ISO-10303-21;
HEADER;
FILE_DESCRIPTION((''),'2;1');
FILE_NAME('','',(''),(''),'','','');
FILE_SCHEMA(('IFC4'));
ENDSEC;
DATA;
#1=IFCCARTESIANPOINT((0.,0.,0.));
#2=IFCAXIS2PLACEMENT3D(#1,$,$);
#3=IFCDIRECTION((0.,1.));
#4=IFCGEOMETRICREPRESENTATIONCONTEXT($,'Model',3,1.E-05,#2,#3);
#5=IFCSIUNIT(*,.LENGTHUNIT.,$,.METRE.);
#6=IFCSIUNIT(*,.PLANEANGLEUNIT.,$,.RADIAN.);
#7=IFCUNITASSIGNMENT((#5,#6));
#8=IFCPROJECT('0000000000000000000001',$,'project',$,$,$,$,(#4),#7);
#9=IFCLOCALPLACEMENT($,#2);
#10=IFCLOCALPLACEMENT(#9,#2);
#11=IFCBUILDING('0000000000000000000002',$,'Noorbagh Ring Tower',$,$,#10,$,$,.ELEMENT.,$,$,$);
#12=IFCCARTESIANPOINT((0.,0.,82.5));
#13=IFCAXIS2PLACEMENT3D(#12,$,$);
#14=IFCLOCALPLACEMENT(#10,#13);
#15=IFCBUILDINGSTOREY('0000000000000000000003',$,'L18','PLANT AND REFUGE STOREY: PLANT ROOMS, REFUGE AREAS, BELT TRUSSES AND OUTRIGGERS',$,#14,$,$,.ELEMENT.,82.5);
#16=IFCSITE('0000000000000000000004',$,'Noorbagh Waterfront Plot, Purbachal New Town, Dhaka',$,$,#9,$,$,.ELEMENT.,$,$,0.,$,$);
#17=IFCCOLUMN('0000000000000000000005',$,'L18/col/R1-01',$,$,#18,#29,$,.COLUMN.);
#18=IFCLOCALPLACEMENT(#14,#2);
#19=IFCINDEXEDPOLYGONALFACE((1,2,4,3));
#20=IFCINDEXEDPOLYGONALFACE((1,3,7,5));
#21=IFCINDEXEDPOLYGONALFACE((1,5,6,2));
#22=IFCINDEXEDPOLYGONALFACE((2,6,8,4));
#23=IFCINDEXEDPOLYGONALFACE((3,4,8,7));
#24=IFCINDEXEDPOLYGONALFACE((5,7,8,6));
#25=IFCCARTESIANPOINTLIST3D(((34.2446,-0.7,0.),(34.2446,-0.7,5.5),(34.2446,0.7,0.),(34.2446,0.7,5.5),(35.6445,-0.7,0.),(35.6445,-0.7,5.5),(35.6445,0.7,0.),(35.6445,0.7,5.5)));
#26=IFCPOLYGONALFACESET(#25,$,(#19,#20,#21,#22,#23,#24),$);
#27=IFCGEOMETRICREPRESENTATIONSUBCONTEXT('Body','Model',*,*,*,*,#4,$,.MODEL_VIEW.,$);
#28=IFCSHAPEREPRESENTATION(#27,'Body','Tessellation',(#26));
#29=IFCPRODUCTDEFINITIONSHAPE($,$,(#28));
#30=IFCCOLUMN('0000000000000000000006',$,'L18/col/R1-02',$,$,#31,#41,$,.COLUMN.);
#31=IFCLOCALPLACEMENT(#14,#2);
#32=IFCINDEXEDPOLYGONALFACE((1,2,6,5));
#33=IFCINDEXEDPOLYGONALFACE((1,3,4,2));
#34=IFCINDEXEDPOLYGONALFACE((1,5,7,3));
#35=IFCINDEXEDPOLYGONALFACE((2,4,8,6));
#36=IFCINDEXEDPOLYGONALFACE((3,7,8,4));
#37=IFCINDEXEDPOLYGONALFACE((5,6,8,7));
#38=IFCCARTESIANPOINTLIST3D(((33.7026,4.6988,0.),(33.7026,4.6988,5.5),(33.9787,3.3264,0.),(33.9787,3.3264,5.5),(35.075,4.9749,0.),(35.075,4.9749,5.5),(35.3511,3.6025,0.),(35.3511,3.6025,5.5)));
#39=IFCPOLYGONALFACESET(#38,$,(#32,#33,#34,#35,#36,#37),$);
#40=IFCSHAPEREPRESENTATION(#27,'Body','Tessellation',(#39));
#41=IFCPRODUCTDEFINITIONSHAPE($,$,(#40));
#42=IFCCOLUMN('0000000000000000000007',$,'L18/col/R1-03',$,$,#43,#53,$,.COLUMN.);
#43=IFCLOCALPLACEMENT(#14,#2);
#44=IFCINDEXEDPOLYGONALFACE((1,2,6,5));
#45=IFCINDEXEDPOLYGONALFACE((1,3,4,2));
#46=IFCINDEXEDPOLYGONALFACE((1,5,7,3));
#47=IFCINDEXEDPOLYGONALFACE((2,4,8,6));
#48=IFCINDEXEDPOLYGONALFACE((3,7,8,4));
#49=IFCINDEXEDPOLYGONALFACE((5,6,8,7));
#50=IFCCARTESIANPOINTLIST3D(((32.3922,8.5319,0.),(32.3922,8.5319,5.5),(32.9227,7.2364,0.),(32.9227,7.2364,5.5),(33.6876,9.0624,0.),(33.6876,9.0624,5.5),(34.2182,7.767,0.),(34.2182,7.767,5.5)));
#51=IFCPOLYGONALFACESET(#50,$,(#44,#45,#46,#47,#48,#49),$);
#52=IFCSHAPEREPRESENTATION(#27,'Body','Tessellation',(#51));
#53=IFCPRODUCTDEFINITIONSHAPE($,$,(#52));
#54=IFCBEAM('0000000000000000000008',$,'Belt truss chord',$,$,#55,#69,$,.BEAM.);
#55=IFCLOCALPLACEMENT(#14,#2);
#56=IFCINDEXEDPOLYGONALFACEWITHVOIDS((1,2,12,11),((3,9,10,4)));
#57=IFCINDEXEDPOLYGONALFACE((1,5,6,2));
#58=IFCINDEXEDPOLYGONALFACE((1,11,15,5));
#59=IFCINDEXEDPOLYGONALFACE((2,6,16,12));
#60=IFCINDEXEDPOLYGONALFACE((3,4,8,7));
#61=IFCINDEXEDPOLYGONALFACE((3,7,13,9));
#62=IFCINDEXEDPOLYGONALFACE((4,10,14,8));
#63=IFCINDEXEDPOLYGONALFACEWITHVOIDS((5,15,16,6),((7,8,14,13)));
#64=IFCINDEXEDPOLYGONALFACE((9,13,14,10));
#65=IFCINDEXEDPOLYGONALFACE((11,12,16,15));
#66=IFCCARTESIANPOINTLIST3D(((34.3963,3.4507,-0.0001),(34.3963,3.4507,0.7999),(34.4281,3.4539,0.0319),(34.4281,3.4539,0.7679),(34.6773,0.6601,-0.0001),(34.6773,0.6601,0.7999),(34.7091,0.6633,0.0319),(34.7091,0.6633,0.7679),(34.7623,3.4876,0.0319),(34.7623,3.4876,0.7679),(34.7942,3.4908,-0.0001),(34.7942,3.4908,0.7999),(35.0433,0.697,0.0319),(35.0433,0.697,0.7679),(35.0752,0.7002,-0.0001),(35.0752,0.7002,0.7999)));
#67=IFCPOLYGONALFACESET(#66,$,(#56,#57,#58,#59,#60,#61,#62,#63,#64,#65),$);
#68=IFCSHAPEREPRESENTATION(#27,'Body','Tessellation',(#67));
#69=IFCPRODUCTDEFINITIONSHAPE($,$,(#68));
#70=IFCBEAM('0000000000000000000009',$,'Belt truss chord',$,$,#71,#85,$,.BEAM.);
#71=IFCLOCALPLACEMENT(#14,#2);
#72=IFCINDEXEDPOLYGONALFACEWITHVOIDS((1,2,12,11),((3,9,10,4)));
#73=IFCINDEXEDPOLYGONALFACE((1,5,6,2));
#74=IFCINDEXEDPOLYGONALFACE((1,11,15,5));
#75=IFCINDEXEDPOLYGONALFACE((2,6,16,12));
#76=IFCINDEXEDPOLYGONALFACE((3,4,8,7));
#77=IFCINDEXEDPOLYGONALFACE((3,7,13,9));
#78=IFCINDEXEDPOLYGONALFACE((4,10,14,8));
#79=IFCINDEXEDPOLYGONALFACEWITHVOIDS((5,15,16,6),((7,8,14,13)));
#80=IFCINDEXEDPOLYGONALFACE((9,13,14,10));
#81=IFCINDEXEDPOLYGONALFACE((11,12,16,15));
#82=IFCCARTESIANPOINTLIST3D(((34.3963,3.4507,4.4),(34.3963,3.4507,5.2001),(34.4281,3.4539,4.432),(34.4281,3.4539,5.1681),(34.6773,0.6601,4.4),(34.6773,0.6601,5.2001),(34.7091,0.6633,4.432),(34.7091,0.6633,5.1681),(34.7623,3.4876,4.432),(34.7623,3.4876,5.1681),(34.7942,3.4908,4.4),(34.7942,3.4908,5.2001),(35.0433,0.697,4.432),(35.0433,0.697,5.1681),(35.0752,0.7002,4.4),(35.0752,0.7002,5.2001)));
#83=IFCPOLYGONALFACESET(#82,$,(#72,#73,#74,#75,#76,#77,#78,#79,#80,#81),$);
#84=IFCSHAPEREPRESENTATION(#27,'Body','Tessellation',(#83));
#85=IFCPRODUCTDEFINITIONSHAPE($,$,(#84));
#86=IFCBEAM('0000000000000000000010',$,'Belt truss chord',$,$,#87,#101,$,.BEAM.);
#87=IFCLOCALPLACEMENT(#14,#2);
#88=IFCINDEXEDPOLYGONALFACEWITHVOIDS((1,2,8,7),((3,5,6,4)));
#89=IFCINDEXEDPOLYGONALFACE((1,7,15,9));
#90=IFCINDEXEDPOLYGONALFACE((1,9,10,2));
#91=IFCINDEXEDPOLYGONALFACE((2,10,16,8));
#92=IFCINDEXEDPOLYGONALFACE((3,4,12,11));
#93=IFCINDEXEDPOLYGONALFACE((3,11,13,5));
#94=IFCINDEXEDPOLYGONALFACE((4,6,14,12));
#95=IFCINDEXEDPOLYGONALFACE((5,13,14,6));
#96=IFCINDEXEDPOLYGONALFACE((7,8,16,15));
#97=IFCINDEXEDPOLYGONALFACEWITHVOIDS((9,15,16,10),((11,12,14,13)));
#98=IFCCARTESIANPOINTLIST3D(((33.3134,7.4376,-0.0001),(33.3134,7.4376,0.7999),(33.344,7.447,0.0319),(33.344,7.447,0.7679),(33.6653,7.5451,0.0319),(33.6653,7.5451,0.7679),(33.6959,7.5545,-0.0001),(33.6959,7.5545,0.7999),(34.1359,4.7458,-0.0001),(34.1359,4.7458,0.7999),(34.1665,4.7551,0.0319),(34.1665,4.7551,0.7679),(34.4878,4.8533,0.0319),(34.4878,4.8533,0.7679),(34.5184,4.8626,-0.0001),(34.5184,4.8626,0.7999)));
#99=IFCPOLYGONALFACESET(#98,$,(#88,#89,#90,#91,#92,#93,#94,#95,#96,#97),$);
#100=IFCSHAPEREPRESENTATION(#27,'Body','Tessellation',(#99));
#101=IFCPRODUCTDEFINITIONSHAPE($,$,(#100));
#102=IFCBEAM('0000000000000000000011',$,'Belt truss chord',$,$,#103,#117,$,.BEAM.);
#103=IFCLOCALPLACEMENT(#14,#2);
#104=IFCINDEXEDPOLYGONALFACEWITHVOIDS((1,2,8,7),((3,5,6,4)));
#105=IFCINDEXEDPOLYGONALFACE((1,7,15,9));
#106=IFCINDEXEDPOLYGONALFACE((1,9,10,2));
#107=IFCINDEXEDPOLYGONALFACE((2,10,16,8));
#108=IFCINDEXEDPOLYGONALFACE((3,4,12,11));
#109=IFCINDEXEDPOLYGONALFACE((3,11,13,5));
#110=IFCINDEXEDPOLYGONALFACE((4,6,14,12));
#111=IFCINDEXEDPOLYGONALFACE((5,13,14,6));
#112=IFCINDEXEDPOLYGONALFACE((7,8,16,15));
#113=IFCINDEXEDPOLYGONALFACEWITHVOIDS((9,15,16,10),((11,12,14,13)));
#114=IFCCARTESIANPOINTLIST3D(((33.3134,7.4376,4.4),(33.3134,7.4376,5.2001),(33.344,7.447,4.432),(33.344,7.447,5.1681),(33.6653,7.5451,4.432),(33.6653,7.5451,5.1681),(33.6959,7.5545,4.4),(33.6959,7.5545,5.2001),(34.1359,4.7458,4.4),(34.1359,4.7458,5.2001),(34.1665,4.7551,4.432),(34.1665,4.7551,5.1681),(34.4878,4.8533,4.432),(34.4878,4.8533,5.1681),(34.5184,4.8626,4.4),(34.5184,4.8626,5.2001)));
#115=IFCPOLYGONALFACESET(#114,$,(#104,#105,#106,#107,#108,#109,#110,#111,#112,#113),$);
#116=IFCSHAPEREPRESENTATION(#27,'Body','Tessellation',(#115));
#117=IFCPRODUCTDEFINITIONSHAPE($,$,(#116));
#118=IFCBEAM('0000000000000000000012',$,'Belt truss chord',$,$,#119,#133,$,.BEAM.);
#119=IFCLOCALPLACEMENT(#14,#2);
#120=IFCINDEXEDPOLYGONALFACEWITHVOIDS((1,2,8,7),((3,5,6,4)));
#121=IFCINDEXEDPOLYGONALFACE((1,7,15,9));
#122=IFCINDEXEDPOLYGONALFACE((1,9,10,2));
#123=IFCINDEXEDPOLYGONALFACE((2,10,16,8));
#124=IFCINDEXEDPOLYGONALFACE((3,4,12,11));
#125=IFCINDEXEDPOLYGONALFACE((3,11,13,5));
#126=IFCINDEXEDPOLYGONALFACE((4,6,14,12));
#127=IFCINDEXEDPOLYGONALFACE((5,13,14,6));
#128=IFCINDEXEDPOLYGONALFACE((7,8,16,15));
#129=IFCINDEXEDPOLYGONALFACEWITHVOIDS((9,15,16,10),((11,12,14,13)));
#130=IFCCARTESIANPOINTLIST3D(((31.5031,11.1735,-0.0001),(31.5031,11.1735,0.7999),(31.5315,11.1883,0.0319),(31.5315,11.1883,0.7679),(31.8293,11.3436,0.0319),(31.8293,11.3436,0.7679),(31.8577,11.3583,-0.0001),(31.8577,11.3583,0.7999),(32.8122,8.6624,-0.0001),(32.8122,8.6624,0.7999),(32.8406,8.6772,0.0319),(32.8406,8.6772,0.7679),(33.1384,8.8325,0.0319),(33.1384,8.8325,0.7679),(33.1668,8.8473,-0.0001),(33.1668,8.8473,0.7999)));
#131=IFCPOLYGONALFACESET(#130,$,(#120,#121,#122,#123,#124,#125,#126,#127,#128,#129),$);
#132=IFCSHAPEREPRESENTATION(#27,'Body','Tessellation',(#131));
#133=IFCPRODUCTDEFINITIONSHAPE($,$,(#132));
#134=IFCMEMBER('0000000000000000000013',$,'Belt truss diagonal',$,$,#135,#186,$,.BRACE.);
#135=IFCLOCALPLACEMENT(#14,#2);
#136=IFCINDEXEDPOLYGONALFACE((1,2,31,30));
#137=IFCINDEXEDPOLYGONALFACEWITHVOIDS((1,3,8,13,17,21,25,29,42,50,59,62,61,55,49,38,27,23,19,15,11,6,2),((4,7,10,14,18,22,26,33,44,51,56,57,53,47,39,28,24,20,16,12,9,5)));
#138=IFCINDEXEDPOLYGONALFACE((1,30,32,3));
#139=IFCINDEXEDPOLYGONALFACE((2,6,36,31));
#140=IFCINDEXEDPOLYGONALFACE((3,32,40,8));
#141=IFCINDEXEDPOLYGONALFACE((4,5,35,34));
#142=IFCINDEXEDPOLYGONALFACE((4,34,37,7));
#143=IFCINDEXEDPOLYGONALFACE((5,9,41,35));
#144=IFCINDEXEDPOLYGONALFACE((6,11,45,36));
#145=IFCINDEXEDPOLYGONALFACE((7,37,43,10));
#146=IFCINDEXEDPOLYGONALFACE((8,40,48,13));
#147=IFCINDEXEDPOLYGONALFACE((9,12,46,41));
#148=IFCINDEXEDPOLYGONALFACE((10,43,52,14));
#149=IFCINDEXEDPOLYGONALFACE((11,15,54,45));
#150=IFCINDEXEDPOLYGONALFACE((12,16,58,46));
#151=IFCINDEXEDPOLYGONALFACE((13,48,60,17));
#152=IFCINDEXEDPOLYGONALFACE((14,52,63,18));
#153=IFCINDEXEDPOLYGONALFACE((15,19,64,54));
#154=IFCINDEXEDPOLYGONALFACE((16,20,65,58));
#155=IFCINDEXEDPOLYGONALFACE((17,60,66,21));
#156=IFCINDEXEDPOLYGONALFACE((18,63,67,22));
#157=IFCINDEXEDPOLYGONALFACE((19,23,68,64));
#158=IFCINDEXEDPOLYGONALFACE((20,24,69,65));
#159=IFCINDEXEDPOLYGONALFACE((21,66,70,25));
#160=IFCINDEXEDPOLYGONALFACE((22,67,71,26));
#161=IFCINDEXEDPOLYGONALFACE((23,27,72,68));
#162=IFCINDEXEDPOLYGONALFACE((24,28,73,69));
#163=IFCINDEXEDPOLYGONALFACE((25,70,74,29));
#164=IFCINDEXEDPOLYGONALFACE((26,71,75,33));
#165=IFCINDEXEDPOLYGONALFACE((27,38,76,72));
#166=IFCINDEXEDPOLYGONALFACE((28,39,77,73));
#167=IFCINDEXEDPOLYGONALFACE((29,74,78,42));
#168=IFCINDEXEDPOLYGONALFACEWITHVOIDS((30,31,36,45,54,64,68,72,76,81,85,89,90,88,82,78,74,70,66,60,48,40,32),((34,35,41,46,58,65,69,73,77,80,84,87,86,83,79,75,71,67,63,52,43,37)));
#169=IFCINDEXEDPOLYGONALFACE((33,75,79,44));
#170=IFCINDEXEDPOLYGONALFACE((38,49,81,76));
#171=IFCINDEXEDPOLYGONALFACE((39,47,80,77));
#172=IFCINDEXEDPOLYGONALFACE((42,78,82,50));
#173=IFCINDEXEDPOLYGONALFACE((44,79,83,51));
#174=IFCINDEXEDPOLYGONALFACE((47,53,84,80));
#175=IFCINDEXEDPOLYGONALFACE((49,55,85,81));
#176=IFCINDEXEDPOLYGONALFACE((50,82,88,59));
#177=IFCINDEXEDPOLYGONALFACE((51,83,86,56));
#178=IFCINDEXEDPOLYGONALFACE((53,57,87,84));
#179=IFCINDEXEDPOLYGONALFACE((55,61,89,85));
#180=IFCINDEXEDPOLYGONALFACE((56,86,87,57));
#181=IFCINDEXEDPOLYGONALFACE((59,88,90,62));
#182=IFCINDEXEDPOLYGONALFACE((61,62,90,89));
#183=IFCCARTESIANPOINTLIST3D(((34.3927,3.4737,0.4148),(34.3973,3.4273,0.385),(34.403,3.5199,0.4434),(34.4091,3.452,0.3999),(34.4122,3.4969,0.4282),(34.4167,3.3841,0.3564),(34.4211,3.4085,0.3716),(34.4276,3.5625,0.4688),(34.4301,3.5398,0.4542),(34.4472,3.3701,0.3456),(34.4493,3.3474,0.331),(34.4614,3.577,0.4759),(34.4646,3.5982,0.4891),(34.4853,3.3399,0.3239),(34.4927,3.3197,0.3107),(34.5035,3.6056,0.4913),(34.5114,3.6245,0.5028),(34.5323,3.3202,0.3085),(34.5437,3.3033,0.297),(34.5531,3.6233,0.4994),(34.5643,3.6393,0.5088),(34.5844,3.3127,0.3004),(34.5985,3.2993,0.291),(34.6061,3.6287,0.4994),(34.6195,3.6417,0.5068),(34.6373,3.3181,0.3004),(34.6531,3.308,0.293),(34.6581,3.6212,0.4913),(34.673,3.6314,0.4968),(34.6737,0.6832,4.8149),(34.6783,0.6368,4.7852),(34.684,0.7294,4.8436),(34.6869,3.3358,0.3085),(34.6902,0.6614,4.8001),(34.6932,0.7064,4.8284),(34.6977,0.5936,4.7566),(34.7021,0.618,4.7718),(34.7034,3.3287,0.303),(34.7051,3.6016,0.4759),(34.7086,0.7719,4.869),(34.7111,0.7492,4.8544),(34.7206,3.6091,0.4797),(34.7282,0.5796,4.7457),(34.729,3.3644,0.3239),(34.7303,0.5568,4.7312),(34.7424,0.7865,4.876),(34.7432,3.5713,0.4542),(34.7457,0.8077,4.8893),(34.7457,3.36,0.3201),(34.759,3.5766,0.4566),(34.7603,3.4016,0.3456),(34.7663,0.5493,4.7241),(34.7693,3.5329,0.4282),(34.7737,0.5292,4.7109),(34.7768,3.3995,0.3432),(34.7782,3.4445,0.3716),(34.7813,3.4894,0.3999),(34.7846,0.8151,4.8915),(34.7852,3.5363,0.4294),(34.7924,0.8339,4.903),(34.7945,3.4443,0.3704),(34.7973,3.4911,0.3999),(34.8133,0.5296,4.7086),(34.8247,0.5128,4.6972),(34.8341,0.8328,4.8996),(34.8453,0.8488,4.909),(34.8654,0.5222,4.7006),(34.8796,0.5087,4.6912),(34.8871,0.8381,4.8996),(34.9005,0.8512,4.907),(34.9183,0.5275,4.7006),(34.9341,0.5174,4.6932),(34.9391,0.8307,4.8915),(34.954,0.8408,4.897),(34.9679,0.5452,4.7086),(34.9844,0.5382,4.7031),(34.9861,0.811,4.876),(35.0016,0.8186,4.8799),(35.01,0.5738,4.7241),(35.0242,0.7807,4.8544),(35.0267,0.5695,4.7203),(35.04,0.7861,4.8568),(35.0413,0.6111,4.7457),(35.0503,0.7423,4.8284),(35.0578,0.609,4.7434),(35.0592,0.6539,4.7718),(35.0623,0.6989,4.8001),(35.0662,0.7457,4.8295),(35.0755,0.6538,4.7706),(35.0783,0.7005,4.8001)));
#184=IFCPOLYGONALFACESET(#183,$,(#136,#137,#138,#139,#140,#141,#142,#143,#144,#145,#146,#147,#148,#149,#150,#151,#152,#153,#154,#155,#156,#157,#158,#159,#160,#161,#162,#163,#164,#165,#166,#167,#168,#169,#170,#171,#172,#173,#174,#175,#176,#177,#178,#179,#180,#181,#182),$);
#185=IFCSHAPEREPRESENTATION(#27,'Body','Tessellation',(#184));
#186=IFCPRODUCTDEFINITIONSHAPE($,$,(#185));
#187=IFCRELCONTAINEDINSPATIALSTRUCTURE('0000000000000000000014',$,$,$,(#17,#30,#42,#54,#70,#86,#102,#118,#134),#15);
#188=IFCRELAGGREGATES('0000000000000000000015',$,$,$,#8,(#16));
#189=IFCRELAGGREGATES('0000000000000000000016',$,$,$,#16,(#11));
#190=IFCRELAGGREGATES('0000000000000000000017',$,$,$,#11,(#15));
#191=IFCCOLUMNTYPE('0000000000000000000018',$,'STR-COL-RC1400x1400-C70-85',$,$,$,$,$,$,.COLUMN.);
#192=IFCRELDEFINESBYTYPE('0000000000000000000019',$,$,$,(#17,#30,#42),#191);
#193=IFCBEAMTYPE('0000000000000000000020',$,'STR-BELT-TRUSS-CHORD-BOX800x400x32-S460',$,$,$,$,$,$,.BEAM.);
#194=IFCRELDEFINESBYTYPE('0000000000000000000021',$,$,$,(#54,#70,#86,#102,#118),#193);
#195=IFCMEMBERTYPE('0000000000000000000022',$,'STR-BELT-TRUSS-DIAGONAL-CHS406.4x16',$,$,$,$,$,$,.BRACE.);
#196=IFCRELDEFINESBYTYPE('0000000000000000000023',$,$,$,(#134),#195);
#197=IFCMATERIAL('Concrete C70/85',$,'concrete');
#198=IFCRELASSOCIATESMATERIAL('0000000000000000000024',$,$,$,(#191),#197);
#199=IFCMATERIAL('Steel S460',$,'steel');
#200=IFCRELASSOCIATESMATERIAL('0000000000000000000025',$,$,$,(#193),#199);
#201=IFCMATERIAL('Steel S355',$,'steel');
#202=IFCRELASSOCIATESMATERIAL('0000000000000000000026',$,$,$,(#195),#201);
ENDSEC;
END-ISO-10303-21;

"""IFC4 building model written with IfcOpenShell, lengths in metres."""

from ifc_helpers import new_model, si_unit, direction, frame, origin, origin_2d, place, context, subcontext, project, spatial, rectangle, hollow_rectangle, hollow_circle, extrude, material, material_profile, profile_set, type_object, element, save


model = new_model("IFC4")

# Units and contexts
model_context = context("Model", 3, precision=1e-05, world=origin(), true_north=direction((0.0, 1.0)))
body_context = subcontext(model_context, "Body", "Model", "MODEL_VIEW")
ifc_project = project(units=[si_unit("LENGTHUNIT", "METRE"), si_unit("PLANEANGLEUNIT", "RADIAN")], contexts=[model_context])

# Site, building, storey
site_placement = place(None, origin())
site = spatial("IfcSite", under=ifc_project, at=site_placement, Name="Noorbagh Waterfront Plot, Purbachal New Town, Dhaka", CompositionType="ELEMENT", RefElevation=0.0)
building_placement = place(site_placement, origin())
building = spatial("IfcBuilding", under=site, at=building_placement, Name="Noorbagh Ring Tower", CompositionType="ELEMENT")
storey_placement = place(building_placement, frame((0.0, 0.0, 82.5)))
storey = spatial("IfcBuildingStorey", under=building, at=storey_placement, Name="L18", Description="PLANT AND REFUGE STOREY: PLANT ROOMS, REFUGE AREAS, BELT TRUSSES AND OUTRIGGERS", CompositionType="ELEMENT", Elevation=82.5)

# Columns
ifc_material_1 = material(Name="Concrete C70/85", Category="concrete")
ifc_material_profile_1 = material_profile(ifc_material_1, rectangle(XDim=1.3999, YDim=1.3999, at=origin_2d()), Name="RC1400x1400")
ifc_profile_set_1 = profile_set([ifc_material_profile_1], Name="Concrete C70/85")
column_type = type_object("IfcColumnType", Name="STR-COL-RC1400x1400-C70-85", PredefinedType="COLUMN", material=ifc_profile_set_1)
for number, where, z_axis, x_axis, name in (
    (1, (34.9446, 0.0, 0.0), (0.0, 0.0, 1.0), (0.0, 1.0, 0.0), "L18/col/R1-01"),
    (2, (34.5269, 4.1506, 0.0), (0.0, 0.0, 1.0), (-0.19723, 0.980357, 0.0), "L18/col/R1-02"),
    (3, (33.3052, 8.1494, 0.0), (0.0, 0.0, 1.0), (-0.378989, 0.925401, 0.0), "L18/col/R1-03"),
):
    element("IfcColumn", number, at=place(storey_placement, frame(where, z_axis=z_axis, x_axis=x_axis)), inside=storey, type_object=column_type, Name=name, PredefinedType="COLUMN", context=body_context, shape_type="SweptSolid", body=[
        extrude(rectangle(XDim=1.3999, YDim=1.3999, at=origin_2d()), origin(), (0.0, 0.0, 1.0), 5.5),
    ])

# Beams
ifc_material_2 = material(Name="Steel S460", Category="steel")
ifc_material_profile_2 = material_profile(ifc_material_2, hollow_rectangle(XDim=0.3999, YDim=0.8, WallThickness=0.032, at=origin_2d()), Name="BOX800x400x32")
ifc_profile_set_2 = profile_set([ifc_material_profile_2], Name="Steel S460")
beam_type_1 = type_object("IfcBeamType", Name="STR-BELT-TRUSS-CHORD-BOX800x400x32-S460", PredefinedType="BEAM", material=ifc_profile_set_2)
for number, where, z_axis, x_axis, name in (
    (4, (34.8762, 0.6802, 0.3999), (-0.100193, 0.994968, 0.0), (-0.994968, -0.100193, 0.0), "Belt truss chord"),
    (5, (34.8762, 0.6802, 4.8), (-0.100193, 0.994968, 0.0), (-0.994968, -0.100193, 0.0), "Belt truss chord"),
):
    element("IfcBeam", number, at=place(storey_placement, frame(where, z_axis=z_axis, x_axis=x_axis)), inside=storey, type_object=beam_type_1, Name=name, PredefinedType="BEAM", context=body_context, shape_type="SweptSolid", body=[
        extrude(hollow_rectangle(XDim=0.3999, YDim=0.8, WallThickness=0.032, at=origin_2d()), origin(), (0.0, 0.0, 1.0), 2.8047),
    ])
for number, where, z_axis, x_axis, name in (
    (6, (34.3271, 4.8042, 0.3999), (-0.292214, 0.956353, 0.0), (-0.956353, -0.292214, 0.0), "Belt truss chord"),
    (7, (34.3271, 4.8042, 4.8), (-0.292214, 0.956353, 0.0), (-0.956353, -0.292214, 0.0), "Belt truss chord"),
):
    element("IfcBeam", number, at=place(storey_placement, frame(where, z_axis=z_axis, x_axis=x_axis)), inside=storey, type_object=beam_type_1, Name=name, PredefinedType="BEAM", context=body_context, shape_type="SweptSolid", body=[
        extrude(hollow_rectangle(XDim=0.3999, YDim=0.8, WallThickness=0.032, at=origin_2d()), origin(), (0.0, 0.0, 1.0), 2.8147),
    ])
beam_1_placement = place(storey_placement, frame((32.9895, 8.7549, 0.3999), z_axis=(-0.462289, 0.886729, 0.0), x_axis=(-0.886729, -0.462289, 0.0)))
element("IfcBeam", 8, at=beam_1_placement, inside=storey, type_object=beam_type_1, Name="Belt truss chord", PredefinedType="BEAM", context=body_context, shape_type="SweptSolid", body=[
    extrude(hollow_rectangle(XDim=0.3999, YDim=0.8, WallThickness=0.032, at=origin_2d()), origin(), (0.0, 0.0, 1.0), 2.8318),
])

# Member
ifc_material_3 = material(Name="Steel S355", Category="steel")
ifc_material_profile_3 = material_profile(ifc_material_3, hollow_circle(Radius=0.2031, WallThickness=0.0161, at=origin_2d()), Name="CHS406.4x16")
ifc_profile_set_3 = profile_set([ifc_material_profile_3], Name="Steel S355")
member_type_1 = type_object("IfcMemberType", Name="STR-BELT-TRUSS-DIAGONAL-CHS406.4x16", PredefinedType="BRACE", material=ifc_profile_set_3)
member_1_placement = place(storey_placement, frame((34.5952, 3.4707, 0.3999), z_axis=(0.053853, -0.534791, 0.843267), x_axis=(0.994968, 0.100193, 0.0)))
element("IfcMember", 9, at=member_1_placement, inside=storey, type_object=member_type_1, Name="Belt truss diagonal", PredefinedType="BRACE", context=body_context, shape_type="SweptSolid", body=[
    extrude(hollow_circle(Radius=0.2031, WallThickness=0.0161, at=origin_2d()), origin(), (0.0, 0.0, 1.0), 5.218),
])

save(model, "model.ifc")
